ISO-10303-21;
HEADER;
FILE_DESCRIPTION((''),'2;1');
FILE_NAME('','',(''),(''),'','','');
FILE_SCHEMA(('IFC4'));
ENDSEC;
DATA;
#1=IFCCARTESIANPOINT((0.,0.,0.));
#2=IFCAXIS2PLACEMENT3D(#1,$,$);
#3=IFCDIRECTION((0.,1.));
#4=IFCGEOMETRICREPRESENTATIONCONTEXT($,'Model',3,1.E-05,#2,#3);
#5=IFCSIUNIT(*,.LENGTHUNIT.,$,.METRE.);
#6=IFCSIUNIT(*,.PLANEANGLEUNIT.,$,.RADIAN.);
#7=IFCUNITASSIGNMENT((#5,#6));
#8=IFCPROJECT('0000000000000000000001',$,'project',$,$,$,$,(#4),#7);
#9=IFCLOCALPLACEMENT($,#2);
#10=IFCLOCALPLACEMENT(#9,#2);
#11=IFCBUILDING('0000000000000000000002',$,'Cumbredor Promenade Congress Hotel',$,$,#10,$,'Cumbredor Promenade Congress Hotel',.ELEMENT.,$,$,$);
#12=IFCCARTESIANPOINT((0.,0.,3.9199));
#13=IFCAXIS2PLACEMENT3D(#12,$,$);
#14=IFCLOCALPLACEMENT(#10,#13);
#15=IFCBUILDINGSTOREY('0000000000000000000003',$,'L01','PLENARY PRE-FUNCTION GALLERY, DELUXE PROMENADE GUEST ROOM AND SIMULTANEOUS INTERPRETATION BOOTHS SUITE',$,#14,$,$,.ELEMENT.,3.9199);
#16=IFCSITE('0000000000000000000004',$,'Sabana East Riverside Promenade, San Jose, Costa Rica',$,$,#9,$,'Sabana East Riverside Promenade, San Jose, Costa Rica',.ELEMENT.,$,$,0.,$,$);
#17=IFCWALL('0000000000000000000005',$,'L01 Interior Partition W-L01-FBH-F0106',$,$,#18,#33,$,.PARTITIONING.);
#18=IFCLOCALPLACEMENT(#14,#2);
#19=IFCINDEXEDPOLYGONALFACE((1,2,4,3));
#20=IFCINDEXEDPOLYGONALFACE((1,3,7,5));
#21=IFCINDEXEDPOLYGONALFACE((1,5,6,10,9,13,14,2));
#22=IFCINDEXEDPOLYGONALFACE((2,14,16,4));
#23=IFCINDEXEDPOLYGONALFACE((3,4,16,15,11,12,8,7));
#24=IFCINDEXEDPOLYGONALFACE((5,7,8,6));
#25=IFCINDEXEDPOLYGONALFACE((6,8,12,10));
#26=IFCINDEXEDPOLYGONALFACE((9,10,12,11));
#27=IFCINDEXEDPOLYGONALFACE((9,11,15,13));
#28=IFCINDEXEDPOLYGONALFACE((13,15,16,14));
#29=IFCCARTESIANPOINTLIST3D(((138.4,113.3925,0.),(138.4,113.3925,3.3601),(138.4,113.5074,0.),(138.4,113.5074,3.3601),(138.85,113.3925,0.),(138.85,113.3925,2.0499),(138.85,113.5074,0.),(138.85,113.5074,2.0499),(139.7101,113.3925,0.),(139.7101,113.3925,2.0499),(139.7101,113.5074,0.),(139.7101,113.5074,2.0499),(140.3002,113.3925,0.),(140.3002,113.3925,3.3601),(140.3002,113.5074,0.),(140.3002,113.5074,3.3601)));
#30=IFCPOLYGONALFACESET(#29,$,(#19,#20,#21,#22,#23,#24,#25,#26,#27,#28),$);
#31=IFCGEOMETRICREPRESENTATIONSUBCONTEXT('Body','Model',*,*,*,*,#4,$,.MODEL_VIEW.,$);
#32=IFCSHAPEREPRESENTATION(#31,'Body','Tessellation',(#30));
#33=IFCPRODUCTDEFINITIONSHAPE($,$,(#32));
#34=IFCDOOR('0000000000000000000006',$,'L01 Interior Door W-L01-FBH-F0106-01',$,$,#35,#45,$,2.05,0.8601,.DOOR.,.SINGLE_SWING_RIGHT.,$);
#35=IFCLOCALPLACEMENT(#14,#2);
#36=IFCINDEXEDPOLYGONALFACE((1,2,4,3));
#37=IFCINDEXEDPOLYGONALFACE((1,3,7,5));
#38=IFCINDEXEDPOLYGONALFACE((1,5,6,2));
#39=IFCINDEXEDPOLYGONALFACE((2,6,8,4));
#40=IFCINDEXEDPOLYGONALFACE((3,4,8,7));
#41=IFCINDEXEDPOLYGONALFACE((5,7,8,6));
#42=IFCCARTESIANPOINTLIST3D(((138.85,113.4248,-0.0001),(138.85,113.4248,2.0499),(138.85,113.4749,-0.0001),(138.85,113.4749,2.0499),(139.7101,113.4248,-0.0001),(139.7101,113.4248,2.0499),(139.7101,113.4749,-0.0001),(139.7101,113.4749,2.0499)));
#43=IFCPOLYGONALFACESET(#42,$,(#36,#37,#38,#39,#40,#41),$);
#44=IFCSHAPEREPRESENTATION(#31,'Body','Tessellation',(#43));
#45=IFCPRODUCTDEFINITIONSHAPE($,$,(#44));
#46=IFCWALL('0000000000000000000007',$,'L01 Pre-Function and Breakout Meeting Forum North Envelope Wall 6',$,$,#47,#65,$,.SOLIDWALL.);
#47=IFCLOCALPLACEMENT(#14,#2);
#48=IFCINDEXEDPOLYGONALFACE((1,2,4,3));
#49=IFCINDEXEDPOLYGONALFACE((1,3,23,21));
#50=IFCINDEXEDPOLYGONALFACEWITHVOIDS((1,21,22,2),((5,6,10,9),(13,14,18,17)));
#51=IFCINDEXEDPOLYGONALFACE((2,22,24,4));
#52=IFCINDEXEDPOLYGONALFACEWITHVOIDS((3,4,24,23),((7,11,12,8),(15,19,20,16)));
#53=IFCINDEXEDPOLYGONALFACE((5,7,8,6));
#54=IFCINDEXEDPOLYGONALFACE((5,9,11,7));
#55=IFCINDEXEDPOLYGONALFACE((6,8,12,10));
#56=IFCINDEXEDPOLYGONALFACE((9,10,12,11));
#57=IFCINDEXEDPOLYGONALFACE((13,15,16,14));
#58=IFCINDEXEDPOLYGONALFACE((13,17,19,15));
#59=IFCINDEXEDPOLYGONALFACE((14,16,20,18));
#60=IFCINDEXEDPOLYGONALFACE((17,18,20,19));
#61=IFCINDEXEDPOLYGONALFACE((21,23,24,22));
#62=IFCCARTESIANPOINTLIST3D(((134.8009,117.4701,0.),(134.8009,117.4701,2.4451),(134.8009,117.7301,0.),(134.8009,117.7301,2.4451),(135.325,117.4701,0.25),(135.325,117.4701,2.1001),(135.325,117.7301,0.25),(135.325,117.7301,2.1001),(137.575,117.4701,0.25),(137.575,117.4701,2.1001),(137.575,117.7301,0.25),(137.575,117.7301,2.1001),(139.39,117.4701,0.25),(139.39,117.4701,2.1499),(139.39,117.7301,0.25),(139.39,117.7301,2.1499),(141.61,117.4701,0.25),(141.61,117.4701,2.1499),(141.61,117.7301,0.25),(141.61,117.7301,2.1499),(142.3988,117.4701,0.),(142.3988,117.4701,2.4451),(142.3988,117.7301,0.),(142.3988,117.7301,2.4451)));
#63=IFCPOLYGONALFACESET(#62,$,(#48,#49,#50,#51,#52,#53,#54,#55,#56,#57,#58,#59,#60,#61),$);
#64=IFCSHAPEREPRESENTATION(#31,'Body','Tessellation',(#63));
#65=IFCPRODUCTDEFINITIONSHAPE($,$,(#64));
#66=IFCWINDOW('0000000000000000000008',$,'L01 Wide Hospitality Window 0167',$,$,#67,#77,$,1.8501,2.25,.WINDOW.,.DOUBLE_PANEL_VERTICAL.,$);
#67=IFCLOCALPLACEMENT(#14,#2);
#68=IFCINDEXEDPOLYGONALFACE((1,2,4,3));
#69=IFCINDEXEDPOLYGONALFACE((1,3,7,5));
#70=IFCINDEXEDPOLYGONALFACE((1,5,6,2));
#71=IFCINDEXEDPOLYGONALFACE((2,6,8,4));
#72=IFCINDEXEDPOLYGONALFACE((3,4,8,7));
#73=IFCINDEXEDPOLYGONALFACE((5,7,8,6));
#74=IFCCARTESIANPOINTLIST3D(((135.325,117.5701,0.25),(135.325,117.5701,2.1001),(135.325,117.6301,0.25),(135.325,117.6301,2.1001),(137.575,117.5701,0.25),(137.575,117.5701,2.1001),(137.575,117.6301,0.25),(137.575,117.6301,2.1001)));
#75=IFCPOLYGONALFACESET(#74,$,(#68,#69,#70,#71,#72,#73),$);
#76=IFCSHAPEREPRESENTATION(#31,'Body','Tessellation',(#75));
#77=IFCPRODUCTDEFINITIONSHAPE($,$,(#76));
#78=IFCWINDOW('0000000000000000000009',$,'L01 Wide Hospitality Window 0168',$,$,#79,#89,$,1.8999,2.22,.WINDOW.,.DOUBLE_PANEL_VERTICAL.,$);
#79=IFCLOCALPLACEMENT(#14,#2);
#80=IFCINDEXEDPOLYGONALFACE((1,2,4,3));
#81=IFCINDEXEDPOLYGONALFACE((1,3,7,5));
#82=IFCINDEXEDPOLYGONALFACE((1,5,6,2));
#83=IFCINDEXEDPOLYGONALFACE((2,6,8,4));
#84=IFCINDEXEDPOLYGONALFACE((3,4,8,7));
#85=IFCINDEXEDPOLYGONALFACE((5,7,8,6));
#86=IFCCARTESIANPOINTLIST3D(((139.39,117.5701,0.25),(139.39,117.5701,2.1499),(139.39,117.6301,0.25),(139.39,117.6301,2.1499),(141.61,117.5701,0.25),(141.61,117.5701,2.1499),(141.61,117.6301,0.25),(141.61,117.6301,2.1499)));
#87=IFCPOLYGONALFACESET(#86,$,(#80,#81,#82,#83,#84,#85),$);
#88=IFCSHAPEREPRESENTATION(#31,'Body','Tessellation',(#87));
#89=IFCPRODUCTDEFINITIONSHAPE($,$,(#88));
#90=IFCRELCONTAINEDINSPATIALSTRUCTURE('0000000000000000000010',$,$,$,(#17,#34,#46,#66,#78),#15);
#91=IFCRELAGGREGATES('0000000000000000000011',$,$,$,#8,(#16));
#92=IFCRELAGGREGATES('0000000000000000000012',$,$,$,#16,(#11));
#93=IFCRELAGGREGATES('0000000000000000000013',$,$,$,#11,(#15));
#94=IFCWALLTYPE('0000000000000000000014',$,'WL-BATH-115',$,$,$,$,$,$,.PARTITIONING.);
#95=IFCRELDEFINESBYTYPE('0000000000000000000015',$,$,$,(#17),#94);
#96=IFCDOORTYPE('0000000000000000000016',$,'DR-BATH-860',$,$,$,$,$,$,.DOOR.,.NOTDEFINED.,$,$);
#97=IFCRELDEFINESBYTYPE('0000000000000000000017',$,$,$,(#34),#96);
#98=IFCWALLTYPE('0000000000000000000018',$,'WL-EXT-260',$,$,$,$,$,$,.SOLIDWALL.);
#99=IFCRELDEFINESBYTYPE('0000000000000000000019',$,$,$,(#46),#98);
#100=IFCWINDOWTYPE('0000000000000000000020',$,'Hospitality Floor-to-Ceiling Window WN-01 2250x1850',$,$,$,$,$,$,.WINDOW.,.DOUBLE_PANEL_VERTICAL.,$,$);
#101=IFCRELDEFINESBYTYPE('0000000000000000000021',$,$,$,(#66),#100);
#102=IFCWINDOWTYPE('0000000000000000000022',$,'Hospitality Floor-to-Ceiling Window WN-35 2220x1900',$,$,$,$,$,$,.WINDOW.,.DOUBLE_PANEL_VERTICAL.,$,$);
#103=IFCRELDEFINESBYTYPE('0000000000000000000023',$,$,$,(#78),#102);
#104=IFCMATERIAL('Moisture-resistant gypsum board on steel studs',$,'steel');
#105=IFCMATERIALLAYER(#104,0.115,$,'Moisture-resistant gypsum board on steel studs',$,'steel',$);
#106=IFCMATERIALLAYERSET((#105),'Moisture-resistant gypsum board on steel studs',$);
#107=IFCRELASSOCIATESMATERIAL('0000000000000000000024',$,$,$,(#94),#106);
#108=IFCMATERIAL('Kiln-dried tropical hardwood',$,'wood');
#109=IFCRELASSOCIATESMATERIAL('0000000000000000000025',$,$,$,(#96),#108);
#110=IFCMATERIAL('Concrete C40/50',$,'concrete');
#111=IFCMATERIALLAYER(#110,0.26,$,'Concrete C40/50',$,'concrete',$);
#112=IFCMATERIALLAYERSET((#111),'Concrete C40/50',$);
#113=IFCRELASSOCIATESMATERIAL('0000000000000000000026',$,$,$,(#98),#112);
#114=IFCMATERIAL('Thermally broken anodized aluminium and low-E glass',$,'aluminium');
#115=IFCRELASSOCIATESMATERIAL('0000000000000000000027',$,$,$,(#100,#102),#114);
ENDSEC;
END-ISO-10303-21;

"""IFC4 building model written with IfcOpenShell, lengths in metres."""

from ifc_helpers import new_model, si_unit, direction, frame, frame_2d, origin, place, context, subcontext, project, spatial, rectangle, extrude, material, layer, layer_set, type_object, element, fill, save


model = new_model("IFC4")

# Units and contexts
model_context = context("Model", 3, precision=1e-05, world=origin(), true_north=direction((0.0, 1.0)))
body_context = subcontext(model_context, "Body", "Model", "MODEL_VIEW")
ifc_project = project(units=[si_unit("LENGTHUNIT", "METRE"), si_unit("PLANEANGLEUNIT", "RADIAN")], contexts=[model_context])

# Site, building, storey
site_placement = place(None, origin())
site = spatial("IfcSite", under=ifc_project, at=site_placement, Name="Sabana East Riverside Promenade, San Jose, Costa Rica", LongName="Sabana East Riverside Promenade, San Jose, Costa Rica", CompositionType="ELEMENT", RefElevation=0.0)
building_placement = place(site_placement, origin())
building = spatial("IfcBuilding", under=site, at=building_placement, Name="Cumbredor Promenade Congress Hotel", LongName="Cumbredor Promenade Congress Hotel", CompositionType="ELEMENT")
storey_placement = place(building_placement, frame((0.0, 0.0, 3.9199)))
storey = spatial("IfcBuildingStorey", under=building, at=storey_placement, Name="L01", Description="PLENARY PRE-FUNCTION GALLERY, DELUXE PROMENADE GUEST ROOM AND SIMULTANEOUS INTERPRETATION BOOTHS SUITE", CompositionType="ELEMENT", Elevation=3.9199)

# Shared definitions
ifc_material_1 = material(Name="Thermally broken anodized aluminium and low-E glass", Category="aluminium")

# Shared definitions
ifc_material_2 = material(Name="Concrete C40/50", Category="concrete")

# Shared definitions
ifc_material_3 = material(Name="Kiln-dried tropical hardwood", Category="wood")

# Wall, opening, door
ifc_material_4 = material(Name="Moisture-resistant gypsum board on steel studs", Category="steel")
ifc_layer_1 = layer(ifc_material_4, 0.115, Name="Moisture-resistant gypsum board on steel studs", Category="steel")
ifc_layer_set_1 = layer_set([ifc_layer_1], Name="Moisture-resistant gypsum board on steel studs")
wall_type_1 = type_object("IfcWallType", Name="WL-BATH-115", PredefinedType="PARTITIONING", material=ifc_layer_set_1)
door_type = type_object("IfcDoorType", Name="DR-BATH-860", OperationType="NOTDEFINED", PredefinedType="DOOR", material=ifc_material_3)
wall_1_placement = place(storey_placement, frame((138.3999, 113.45, 0.0), z_axis=(0.0, 0.0, 1.0), x_axis=(1.0, 0.0, 0.0)))
wall_1 = element("IfcWall", 1, at=wall_1_placement, inside=storey, type_object=wall_type_1, Name="L01 Interior Partition W-L01-FBH-F0106", PredefinedType="PARTITIONING", context=body_context, shape_type="SweptSolid", body=[
    extrude(rectangle(XDim=1.9001, YDim=0.115, at=frame_2d((0.9502, 0.0))), origin(), (0.0, 0.0, 1.0), 3.3601),
])
opening_1_placement = place(wall_1_placement, frame((0.45, 0.0, 0.0)))
opening_1 = element("IfcOpeningElement", 2, at=opening_1_placement, cuts=wall_1, PredefinedType="OPENING", context=body_context, shape_type="SweptSolid", body=[
    extrude(rectangle(XDim=0.8601, YDim=2.05, at=frame_2d((0.4302, 1.0249))), frame((0.0, 0.0674, 0.0), z_axis=(0.0, -1.0, 0.0), x_axis=(1.0, 0.0, 0.0)), (0.0, 0.0, 1.0), 0.135),
])
door_1_placement = place(opening_1_placement, origin())
door_1 = element("IfcDoor", 3, at=door_1_placement, inside=storey, type_object=door_type, Name="L01 Interior Door W-L01-FBH-F0106-01", OperationType="SINGLE_SWING_RIGHT", OverallHeight=2.05, OverallWidth=0.8601, PredefinedType="DOOR", context=body_context, shape_type="SweptSolid", body=[
    extrude(rectangle(XDim=0.8601, YDim=2.05, at=frame_2d((0.4302, 1.0249))), frame((0.0, 0.0249, 0.0), z_axis=(0.0, -1.0, 0.0), x_axis=(1.0, 0.0, 0.0)), (0.0, 0.0, 1.0), 0.05),
])
fill(opening_1, door_1)

# Wall, openings, windows
ifc_layer_2 = layer(ifc_material_2, 0.26, Name="Concrete C40/50", Category="concrete")
ifc_layer_set_2 = layer_set([ifc_layer_2], Name="Concrete C40/50")
wall_type_2 = type_object("IfcWallType", Name="WL-EXT-260", PredefinedType="SOLIDWALL", material=ifc_layer_set_2)
wall_2_placement = place(storey_placement, frame((134.801, 117.6001, 0.0), z_axis=(0.0, 0.0, 1.0), x_axis=(1.0, 0.0, 0.0)))
wall_2 = element("IfcWall", 4, at=wall_2_placement, inside=storey, type_object=wall_type_2, Name="L01 Pre-Function and Breakout Meeting Forum North Envelope Wall 6", PredefinedType="SOLIDWALL", context=body_context, shape_type="SweptSolid", body=[
    extrude(rectangle(XDim=7.5979, YDim=0.26, at=frame_2d((3.7988, 0.0))), origin(), (0.0, 0.0, 1.0), 2.4451),
])
opening_2_placement = place(wall_2_placement, frame((0.5239, 0.0, 0.25)))
opening_2 = element("IfcOpeningElement", 5, at=opening_2_placement, cuts=wall_2, PredefinedType="OPENING", context=body_context, shape_type="SweptSolid", body=[
    extrude(rectangle(XDim=2.25, YDim=1.8501, at=frame_2d((1.125, 0.925))), frame((0.0, 0.1401, 0.0), z_axis=(0.0, -1.0, 0.0), x_axis=(1.0, 0.0, 0.0)), (0.0, 0.0, 1.0), 0.28),
])
opening_3_placement = place(wall_2_placement, frame((4.5891, 0.0, 0.25)))
opening_3 = element("IfcOpeningElement", 6, at=opening_3_placement, cuts=wall_2, PredefinedType="OPENING", context=body_context, shape_type="SweptSolid", body=[
    extrude(rectangle(XDim=2.22, YDim=1.8999, at=frame_2d((1.1099, 0.95))), frame((0.0, 0.1401, 0.0), z_axis=(0.0, -1.0, 0.0), x_axis=(1.0, 0.0, 0.0)), (0.0, 0.0, 1.0), 0.28),
])
window_type_1 = type_object("IfcWindowType", Name="Hospitality Floor-to-Ceiling Window WN-01 2250x1850", PartitioningType="DOUBLE_PANEL_VERTICAL", PredefinedType="WINDOW", material=ifc_material_1)
window_1_placement = place(opening_2_placement, origin())
window_1 = element("IfcWindow", 7, at=window_1_placement, inside=storey, type_object=window_type_1, Name="L01 Wide Hospitality Window 0167", OverallHeight=1.8501, OverallWidth=2.25, PartitioningType="DOUBLE_PANEL_VERTICAL", PredefinedType="WINDOW", context=body_context, shape_type="SweptSolid", body=[
    extrude(rectangle(XDim=2.25, YDim=1.8501, at=frame_2d((1.125, 0.925))), frame((0.0, 0.03, 0.0), z_axis=(0.0, -1.0, 0.0), x_axis=(1.0, 0.0, 0.0)), (0.0, 0.0, 1.0), 0.0601),
])
fill(opening_2, window_1)
window_type_2 = type_object("IfcWindowType", Name="Hospitality Floor-to-Ceiling Window WN-35 2220x1900", PartitioningType="DOUBLE_PANEL_VERTICAL", PredefinedType="WINDOW", material=ifc_material_1)
window_2_placement = place(opening_3_placement, origin())
window_2 = element("IfcWindow", 8, at=window_2_placement, inside=storey, type_object=window_type_2, Name="L01 Wide Hospitality Window 0168", OverallHeight=1.8999, OverallWidth=2.22, PartitioningType="DOUBLE_PANEL_VERTICAL", PredefinedType="WINDOW", context=body_context, shape_type="SweptSolid", body=[
    extrude(rectangle(XDim=2.22, YDim=1.8999, at=frame_2d((1.1099, 0.95))), frame((0.0, 0.03, 0.0), z_axis=(0.0, -1.0, 0.0), x_axis=(1.0, 0.0, 0.0)), (0.0, 0.0, 1.0), 0.0601),
])
fill(opening_3, window_2)

save(model, "model.ifc")
